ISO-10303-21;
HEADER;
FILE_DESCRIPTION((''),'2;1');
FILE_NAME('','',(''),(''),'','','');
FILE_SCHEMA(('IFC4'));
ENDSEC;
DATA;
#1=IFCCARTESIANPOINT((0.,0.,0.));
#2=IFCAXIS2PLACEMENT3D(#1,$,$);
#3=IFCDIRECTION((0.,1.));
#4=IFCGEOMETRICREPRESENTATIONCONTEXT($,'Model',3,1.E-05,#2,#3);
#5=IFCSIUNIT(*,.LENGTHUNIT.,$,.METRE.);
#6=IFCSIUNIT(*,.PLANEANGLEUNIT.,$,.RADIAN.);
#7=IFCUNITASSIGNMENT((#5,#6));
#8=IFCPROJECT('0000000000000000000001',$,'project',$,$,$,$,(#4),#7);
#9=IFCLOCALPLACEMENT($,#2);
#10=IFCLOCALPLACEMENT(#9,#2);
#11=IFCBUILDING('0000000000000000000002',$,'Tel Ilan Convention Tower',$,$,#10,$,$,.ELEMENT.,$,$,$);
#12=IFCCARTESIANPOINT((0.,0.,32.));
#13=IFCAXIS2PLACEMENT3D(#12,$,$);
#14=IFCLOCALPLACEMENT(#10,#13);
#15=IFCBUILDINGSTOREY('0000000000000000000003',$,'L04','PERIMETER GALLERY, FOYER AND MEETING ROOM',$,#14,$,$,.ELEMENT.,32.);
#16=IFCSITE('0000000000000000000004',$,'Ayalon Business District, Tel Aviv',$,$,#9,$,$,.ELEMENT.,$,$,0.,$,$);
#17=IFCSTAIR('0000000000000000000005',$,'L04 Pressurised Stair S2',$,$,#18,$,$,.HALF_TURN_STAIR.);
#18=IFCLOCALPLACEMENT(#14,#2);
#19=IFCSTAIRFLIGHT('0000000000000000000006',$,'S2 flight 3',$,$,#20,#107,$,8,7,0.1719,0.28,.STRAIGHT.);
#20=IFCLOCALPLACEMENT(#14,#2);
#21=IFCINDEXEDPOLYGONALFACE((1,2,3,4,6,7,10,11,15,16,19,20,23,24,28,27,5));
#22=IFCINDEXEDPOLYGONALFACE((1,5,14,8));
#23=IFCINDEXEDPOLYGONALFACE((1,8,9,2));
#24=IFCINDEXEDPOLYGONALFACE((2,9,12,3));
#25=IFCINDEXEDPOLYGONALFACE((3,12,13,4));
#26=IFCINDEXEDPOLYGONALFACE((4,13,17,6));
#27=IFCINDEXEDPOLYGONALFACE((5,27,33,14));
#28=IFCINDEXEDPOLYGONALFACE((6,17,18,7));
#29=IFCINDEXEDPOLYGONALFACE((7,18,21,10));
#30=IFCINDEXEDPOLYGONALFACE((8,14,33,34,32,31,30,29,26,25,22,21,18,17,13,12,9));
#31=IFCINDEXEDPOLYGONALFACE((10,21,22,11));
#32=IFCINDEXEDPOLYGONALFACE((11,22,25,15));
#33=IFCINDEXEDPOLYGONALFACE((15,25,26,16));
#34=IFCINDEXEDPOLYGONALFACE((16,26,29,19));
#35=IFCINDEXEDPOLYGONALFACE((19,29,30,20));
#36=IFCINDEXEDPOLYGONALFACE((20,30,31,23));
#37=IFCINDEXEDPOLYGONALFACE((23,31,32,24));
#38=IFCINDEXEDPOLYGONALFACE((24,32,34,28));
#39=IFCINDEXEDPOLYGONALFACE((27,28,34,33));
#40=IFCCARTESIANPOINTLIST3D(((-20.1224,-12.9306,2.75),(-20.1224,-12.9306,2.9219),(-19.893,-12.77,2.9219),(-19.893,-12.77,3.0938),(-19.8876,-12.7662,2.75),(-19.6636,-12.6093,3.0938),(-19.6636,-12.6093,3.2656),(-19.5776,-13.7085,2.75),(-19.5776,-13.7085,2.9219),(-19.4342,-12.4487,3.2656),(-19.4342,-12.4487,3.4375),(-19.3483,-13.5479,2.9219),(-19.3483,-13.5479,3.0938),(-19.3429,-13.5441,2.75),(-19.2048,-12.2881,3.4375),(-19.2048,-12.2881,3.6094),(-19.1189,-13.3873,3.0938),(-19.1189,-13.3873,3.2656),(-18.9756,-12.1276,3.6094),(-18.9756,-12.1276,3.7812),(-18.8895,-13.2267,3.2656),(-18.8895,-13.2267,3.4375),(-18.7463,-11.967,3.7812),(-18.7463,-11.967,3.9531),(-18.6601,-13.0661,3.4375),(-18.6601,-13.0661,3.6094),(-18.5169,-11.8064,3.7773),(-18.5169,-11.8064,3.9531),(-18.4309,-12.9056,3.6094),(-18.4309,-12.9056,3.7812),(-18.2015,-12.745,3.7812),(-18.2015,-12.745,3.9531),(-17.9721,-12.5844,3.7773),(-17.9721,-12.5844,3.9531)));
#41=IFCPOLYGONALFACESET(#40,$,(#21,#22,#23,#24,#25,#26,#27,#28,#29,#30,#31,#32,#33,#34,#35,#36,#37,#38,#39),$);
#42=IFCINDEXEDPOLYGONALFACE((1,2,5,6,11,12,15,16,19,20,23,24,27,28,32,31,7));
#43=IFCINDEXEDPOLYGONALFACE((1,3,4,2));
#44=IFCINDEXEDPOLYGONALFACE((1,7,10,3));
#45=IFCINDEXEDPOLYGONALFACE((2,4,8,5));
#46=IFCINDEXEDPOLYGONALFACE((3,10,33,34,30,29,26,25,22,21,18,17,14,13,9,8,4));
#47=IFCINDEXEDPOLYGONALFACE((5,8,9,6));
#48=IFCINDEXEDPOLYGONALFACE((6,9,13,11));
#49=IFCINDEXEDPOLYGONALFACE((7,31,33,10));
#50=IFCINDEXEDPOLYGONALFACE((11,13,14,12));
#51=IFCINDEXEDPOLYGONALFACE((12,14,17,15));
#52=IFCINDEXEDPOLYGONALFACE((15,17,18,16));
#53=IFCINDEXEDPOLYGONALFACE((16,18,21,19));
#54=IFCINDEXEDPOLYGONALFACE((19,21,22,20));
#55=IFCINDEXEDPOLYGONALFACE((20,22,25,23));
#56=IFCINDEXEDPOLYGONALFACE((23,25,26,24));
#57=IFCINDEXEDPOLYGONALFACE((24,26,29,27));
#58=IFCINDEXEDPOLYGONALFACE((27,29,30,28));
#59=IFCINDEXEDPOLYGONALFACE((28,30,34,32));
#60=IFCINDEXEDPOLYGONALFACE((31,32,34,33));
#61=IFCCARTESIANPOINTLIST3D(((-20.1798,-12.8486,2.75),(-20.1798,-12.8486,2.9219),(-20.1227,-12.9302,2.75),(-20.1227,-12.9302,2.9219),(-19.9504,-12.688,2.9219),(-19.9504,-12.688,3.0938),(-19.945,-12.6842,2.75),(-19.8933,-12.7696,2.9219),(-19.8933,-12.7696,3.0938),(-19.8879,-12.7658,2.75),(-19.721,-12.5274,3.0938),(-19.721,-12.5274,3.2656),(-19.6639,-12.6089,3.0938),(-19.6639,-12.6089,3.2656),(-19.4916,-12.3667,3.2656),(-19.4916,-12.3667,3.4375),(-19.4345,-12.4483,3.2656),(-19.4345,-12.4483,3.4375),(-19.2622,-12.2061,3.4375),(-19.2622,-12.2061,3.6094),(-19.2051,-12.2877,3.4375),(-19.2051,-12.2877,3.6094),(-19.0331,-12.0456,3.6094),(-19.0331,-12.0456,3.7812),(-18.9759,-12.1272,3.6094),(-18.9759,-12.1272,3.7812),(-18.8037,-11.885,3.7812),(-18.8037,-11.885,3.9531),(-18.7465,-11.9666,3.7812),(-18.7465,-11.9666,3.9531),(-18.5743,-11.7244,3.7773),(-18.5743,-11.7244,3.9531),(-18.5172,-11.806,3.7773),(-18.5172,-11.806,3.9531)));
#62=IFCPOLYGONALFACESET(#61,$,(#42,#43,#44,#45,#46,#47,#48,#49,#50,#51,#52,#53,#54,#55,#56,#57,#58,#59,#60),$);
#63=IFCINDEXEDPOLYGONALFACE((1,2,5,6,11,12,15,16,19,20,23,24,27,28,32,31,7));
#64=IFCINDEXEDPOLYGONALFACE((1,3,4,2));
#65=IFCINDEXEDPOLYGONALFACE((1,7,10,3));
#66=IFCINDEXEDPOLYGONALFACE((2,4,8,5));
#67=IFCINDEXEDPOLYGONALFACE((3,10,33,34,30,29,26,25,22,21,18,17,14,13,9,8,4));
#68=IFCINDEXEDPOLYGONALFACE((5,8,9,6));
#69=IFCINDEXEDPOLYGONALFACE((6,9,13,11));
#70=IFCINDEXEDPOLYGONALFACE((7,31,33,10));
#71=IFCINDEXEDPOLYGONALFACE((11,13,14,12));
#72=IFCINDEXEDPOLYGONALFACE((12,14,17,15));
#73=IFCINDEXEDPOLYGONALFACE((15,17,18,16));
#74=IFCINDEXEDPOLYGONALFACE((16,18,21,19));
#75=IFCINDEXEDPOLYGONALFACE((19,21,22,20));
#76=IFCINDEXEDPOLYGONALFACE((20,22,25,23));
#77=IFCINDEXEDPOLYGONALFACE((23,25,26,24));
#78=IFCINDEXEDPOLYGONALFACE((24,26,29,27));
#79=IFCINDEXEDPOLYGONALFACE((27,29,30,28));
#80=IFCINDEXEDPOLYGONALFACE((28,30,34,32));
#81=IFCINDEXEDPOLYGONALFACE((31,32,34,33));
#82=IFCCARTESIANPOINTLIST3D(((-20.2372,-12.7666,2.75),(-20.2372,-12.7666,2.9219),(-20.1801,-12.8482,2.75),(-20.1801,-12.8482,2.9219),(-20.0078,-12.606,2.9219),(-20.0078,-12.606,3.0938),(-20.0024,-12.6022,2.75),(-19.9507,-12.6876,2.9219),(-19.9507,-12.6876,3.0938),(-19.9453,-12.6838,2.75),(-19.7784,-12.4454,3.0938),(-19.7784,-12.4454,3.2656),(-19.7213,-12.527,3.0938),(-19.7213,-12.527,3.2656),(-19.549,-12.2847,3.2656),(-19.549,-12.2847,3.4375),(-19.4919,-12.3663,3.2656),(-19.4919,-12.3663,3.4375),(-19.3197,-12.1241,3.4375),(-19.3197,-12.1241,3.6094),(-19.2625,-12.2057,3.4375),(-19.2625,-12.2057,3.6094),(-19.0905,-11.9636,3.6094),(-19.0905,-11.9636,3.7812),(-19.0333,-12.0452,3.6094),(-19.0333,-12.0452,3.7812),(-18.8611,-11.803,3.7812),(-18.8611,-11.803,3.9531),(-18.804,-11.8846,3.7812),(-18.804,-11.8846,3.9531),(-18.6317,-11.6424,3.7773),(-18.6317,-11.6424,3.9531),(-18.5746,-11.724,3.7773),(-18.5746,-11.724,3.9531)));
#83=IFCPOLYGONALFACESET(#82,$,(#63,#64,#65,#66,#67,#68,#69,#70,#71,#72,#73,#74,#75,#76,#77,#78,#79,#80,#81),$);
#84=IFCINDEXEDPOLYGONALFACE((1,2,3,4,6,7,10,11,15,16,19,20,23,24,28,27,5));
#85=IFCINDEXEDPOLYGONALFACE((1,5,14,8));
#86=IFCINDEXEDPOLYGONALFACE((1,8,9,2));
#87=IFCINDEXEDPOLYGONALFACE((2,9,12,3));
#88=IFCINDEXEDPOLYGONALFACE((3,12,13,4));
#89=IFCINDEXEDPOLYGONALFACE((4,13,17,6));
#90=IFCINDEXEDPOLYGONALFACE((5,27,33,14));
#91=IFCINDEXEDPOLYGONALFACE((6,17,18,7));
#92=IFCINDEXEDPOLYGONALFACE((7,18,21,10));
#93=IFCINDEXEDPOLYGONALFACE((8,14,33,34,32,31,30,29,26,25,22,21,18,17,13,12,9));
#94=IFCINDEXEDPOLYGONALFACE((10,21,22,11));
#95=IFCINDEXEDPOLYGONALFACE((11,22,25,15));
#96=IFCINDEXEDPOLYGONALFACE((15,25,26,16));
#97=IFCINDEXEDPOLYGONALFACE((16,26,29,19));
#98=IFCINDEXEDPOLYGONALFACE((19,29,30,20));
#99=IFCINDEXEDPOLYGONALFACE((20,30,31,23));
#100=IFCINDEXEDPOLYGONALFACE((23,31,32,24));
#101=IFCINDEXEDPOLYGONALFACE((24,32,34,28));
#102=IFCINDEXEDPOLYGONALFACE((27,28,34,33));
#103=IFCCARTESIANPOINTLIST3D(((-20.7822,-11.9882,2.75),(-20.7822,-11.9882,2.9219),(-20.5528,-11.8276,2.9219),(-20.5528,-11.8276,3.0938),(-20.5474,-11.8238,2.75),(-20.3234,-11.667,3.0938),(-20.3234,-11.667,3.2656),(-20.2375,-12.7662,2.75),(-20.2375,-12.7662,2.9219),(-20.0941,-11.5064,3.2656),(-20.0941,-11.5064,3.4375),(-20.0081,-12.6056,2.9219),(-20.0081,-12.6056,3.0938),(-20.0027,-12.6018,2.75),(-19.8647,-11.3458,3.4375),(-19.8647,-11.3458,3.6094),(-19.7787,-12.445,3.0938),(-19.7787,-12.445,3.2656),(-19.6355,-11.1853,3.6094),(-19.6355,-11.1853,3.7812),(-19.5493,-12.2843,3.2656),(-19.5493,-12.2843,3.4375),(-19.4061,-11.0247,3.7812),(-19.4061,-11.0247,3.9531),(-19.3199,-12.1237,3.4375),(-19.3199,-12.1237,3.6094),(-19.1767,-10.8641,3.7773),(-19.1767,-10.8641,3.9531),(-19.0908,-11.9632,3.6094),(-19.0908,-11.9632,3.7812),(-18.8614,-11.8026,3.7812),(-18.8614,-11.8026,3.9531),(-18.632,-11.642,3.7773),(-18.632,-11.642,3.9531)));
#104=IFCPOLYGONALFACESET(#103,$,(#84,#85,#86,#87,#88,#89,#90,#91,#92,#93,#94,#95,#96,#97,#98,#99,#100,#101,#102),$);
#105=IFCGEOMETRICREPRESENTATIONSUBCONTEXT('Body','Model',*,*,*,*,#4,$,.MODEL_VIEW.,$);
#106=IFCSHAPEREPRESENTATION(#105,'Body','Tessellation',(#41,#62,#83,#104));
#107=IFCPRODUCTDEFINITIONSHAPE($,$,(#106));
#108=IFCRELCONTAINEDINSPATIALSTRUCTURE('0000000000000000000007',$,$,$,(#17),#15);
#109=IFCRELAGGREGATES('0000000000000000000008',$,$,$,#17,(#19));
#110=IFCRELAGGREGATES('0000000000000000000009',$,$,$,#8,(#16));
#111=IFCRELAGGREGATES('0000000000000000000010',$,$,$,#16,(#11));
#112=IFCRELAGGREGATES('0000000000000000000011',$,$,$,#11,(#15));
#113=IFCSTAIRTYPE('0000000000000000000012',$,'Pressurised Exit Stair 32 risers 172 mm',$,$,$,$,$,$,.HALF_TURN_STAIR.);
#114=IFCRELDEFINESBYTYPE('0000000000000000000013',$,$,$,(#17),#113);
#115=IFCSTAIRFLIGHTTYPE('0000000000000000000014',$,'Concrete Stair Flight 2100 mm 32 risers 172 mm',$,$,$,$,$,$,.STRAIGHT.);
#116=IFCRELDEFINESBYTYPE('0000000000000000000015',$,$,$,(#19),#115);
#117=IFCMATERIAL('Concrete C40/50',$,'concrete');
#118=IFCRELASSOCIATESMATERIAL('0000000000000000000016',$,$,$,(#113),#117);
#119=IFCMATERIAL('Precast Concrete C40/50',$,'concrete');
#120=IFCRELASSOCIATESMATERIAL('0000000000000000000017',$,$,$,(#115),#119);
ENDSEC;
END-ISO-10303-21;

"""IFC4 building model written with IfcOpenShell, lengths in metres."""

from ifc_helpers import new_model, si_unit, direction, frame, origin, place, context, subcontext, project, spatial, polyline, outline, extrude, material, type_object, element, aggregate, save


model = new_model("IFC4")

# Units and contexts
model_context = context("Model", 3, precision=1e-05, world=origin(), true_north=direction((0.0, 1.0)))
body_context = subcontext(model_context, "Body", "Model", "MODEL_VIEW")
ifc_project = project(units=[si_unit("LENGTHUNIT", "METRE"), si_unit("PLANEANGLEUNIT", "RADIAN")], contexts=[model_context])

# Site, building, storey
site_placement = place(None, origin())
site = spatial("IfcSite", under=ifc_project, at=site_placement, Name="Ayalon Business District, Tel Aviv", CompositionType="ELEMENT", RefElevation=0.0)
building_placement = place(site_placement, origin())
building = spatial("IfcBuilding", under=site, at=building_placement, Name="Tel Ilan Convention Tower", CompositionType="ELEMENT")
storey_placement = place(building_placement, frame((0.0, 0.0, 32.0)))
storey = spatial("IfcBuildingStorey", under=building, at=storey_placement, Name="L04", Description="PERIMETER GALLERY, FOYER AND MEETING ROOM", CompositionType="ELEMENT", Elevation=32.0)

# Stair, stair flight
ifc_material_1 = material(Name="Concrete C40/50", Category="concrete")
stair_type = type_object("IfcStairType", Name="Pressurised Exit Stair 32 risers 172 mm", PredefinedType="HALF_TURN_STAIR", material=ifc_material_1)
stair_placement = place(storey_placement, origin())
stair = element("IfcStair", 1, at=stair_placement, inside=storey, type_object=stair_type, Name="L04 Pressurised Stair S2", PredefinedType="HALF_TURN_STAIR")
ifc_material_2 = material(Name="Precast Concrete C40/50", Category="concrete")
stair_flight_type = type_object("IfcStairFlightType", Name="Concrete Stair Flight 2100 mm 32 risers 172 mm", PredefinedType="STRAIGHT", material=ifc_material_2)
stair_flight_1_placement = place(storey_placement, frame((-20.1799, -12.8484, 2.75), z_axis=(0.0, 0.0, 1.0), x_axis=(0.819152, 0.573576, 0.0)))
stair_flight_1 = element("IfcStairFlight", 2, at=stair_flight_1_placement, type_object=stair_flight_type, Name="S2 flight 3", NumberOfRisers=8, NumberOfTreads=7, PredefinedType="STRAIGHT", RiserHeight=0.1719, TreadLength=0.28, context=body_context, shape_type="SweptSolid", body=[
    extrude(outline(polyline([(0.0, 0.0), (0.0, 0.1719), (0.28, 0.1719), (0.28, 0.3438), (0.5601, 0.3438), (0.5601, 0.5156), (0.8401, 0.5156), (0.8401, 0.6875), (1.1201, 0.6875), (1.1201, 0.8594), (1.3999, 0.8594), (1.3999, 1.0312), (1.6799, 1.0312), (1.6799, 1.2031), (1.96, 1.2031), (1.96, 1.375), (1.96, 1.0273), (0.2866, 0.0), (0.0, 0.0)])), frame((0.0, -0.1003, 0.0), z_axis=(0.0, -1.0, 0.0), x_axis=(1.0, 0.0, 0.0)), (0.0, 0.0, 1.0), 0.9497),
    extrude(outline(polyline([(0.0, 0.0), (0.0, 0.1719), (0.28, 0.1719), (0.28, 0.3438), (0.5601, 0.3438), (0.5601, 0.5156), (0.8401, 0.5156), (0.8401, 0.6875), (1.1201, 0.6875), (1.1201, 0.8594), (1.3999, 0.8594), (1.3999, 1.0312), (1.6799, 1.0312), (1.6799, 1.2031), (1.96, 1.2031), (1.96, 1.375), (1.96, 1.0273), (0.2866, 0.0), (0.0, 0.0)])), frame((0.0, -0.0002, 0.0), z_axis=(0.0, -1.0, 0.0), x_axis=(1.0, 0.0, 0.0)), (0.0, 0.0, 1.0), 0.0996),
    extrude(outline(polyline([(0.0, 0.0), (0.0, 0.1719), (0.28, 0.1719), (0.28, 0.3438), (0.5601, 0.3438), (0.5601, 0.5156), (0.8401, 0.5156), (0.8401, 0.6875), (1.1201, 0.6875), (1.1201, 0.8594), (1.3999, 0.8594), (1.3999, 1.0312), (1.6799, 1.0312), (1.6799, 1.2031), (1.96, 1.2031), (1.96, 1.375), (1.96, 1.0273), (0.2866, 0.0), (0.0, 0.0)])), frame((0.0, 0.0999, 0.0), z_axis=(0.0, -1.0, 0.0), x_axis=(1.0, 0.0, 0.0)), (0.0, 0.0, 1.0), 0.0996),
    extrude(outline(polyline([(0.0, 0.0), (0.0, 0.1719), (0.28, 0.1719), (0.28, 0.3438), (0.5601, 0.3438), (0.5601, 0.5156), (0.8401, 0.5156), (0.8401, 0.6875), (1.1201, 0.6875), (1.1201, 0.8594), (1.3999, 0.8594), (1.3999, 1.0312), (1.6799, 1.0312), (1.6799, 1.2031), (1.96, 1.2031), (1.96, 1.375), (1.96, 1.0273), (0.2866, 0.0), (0.0, 0.0)])), frame((0.0, 1.05, 0.0), z_axis=(0.0, -1.0, 0.0), x_axis=(1.0, 0.0, 0.0)), (0.0, 0.0, 1.0), 0.9497),
])
aggregate(stair, [stair_flight_1])

save(model, "model.ifc")
